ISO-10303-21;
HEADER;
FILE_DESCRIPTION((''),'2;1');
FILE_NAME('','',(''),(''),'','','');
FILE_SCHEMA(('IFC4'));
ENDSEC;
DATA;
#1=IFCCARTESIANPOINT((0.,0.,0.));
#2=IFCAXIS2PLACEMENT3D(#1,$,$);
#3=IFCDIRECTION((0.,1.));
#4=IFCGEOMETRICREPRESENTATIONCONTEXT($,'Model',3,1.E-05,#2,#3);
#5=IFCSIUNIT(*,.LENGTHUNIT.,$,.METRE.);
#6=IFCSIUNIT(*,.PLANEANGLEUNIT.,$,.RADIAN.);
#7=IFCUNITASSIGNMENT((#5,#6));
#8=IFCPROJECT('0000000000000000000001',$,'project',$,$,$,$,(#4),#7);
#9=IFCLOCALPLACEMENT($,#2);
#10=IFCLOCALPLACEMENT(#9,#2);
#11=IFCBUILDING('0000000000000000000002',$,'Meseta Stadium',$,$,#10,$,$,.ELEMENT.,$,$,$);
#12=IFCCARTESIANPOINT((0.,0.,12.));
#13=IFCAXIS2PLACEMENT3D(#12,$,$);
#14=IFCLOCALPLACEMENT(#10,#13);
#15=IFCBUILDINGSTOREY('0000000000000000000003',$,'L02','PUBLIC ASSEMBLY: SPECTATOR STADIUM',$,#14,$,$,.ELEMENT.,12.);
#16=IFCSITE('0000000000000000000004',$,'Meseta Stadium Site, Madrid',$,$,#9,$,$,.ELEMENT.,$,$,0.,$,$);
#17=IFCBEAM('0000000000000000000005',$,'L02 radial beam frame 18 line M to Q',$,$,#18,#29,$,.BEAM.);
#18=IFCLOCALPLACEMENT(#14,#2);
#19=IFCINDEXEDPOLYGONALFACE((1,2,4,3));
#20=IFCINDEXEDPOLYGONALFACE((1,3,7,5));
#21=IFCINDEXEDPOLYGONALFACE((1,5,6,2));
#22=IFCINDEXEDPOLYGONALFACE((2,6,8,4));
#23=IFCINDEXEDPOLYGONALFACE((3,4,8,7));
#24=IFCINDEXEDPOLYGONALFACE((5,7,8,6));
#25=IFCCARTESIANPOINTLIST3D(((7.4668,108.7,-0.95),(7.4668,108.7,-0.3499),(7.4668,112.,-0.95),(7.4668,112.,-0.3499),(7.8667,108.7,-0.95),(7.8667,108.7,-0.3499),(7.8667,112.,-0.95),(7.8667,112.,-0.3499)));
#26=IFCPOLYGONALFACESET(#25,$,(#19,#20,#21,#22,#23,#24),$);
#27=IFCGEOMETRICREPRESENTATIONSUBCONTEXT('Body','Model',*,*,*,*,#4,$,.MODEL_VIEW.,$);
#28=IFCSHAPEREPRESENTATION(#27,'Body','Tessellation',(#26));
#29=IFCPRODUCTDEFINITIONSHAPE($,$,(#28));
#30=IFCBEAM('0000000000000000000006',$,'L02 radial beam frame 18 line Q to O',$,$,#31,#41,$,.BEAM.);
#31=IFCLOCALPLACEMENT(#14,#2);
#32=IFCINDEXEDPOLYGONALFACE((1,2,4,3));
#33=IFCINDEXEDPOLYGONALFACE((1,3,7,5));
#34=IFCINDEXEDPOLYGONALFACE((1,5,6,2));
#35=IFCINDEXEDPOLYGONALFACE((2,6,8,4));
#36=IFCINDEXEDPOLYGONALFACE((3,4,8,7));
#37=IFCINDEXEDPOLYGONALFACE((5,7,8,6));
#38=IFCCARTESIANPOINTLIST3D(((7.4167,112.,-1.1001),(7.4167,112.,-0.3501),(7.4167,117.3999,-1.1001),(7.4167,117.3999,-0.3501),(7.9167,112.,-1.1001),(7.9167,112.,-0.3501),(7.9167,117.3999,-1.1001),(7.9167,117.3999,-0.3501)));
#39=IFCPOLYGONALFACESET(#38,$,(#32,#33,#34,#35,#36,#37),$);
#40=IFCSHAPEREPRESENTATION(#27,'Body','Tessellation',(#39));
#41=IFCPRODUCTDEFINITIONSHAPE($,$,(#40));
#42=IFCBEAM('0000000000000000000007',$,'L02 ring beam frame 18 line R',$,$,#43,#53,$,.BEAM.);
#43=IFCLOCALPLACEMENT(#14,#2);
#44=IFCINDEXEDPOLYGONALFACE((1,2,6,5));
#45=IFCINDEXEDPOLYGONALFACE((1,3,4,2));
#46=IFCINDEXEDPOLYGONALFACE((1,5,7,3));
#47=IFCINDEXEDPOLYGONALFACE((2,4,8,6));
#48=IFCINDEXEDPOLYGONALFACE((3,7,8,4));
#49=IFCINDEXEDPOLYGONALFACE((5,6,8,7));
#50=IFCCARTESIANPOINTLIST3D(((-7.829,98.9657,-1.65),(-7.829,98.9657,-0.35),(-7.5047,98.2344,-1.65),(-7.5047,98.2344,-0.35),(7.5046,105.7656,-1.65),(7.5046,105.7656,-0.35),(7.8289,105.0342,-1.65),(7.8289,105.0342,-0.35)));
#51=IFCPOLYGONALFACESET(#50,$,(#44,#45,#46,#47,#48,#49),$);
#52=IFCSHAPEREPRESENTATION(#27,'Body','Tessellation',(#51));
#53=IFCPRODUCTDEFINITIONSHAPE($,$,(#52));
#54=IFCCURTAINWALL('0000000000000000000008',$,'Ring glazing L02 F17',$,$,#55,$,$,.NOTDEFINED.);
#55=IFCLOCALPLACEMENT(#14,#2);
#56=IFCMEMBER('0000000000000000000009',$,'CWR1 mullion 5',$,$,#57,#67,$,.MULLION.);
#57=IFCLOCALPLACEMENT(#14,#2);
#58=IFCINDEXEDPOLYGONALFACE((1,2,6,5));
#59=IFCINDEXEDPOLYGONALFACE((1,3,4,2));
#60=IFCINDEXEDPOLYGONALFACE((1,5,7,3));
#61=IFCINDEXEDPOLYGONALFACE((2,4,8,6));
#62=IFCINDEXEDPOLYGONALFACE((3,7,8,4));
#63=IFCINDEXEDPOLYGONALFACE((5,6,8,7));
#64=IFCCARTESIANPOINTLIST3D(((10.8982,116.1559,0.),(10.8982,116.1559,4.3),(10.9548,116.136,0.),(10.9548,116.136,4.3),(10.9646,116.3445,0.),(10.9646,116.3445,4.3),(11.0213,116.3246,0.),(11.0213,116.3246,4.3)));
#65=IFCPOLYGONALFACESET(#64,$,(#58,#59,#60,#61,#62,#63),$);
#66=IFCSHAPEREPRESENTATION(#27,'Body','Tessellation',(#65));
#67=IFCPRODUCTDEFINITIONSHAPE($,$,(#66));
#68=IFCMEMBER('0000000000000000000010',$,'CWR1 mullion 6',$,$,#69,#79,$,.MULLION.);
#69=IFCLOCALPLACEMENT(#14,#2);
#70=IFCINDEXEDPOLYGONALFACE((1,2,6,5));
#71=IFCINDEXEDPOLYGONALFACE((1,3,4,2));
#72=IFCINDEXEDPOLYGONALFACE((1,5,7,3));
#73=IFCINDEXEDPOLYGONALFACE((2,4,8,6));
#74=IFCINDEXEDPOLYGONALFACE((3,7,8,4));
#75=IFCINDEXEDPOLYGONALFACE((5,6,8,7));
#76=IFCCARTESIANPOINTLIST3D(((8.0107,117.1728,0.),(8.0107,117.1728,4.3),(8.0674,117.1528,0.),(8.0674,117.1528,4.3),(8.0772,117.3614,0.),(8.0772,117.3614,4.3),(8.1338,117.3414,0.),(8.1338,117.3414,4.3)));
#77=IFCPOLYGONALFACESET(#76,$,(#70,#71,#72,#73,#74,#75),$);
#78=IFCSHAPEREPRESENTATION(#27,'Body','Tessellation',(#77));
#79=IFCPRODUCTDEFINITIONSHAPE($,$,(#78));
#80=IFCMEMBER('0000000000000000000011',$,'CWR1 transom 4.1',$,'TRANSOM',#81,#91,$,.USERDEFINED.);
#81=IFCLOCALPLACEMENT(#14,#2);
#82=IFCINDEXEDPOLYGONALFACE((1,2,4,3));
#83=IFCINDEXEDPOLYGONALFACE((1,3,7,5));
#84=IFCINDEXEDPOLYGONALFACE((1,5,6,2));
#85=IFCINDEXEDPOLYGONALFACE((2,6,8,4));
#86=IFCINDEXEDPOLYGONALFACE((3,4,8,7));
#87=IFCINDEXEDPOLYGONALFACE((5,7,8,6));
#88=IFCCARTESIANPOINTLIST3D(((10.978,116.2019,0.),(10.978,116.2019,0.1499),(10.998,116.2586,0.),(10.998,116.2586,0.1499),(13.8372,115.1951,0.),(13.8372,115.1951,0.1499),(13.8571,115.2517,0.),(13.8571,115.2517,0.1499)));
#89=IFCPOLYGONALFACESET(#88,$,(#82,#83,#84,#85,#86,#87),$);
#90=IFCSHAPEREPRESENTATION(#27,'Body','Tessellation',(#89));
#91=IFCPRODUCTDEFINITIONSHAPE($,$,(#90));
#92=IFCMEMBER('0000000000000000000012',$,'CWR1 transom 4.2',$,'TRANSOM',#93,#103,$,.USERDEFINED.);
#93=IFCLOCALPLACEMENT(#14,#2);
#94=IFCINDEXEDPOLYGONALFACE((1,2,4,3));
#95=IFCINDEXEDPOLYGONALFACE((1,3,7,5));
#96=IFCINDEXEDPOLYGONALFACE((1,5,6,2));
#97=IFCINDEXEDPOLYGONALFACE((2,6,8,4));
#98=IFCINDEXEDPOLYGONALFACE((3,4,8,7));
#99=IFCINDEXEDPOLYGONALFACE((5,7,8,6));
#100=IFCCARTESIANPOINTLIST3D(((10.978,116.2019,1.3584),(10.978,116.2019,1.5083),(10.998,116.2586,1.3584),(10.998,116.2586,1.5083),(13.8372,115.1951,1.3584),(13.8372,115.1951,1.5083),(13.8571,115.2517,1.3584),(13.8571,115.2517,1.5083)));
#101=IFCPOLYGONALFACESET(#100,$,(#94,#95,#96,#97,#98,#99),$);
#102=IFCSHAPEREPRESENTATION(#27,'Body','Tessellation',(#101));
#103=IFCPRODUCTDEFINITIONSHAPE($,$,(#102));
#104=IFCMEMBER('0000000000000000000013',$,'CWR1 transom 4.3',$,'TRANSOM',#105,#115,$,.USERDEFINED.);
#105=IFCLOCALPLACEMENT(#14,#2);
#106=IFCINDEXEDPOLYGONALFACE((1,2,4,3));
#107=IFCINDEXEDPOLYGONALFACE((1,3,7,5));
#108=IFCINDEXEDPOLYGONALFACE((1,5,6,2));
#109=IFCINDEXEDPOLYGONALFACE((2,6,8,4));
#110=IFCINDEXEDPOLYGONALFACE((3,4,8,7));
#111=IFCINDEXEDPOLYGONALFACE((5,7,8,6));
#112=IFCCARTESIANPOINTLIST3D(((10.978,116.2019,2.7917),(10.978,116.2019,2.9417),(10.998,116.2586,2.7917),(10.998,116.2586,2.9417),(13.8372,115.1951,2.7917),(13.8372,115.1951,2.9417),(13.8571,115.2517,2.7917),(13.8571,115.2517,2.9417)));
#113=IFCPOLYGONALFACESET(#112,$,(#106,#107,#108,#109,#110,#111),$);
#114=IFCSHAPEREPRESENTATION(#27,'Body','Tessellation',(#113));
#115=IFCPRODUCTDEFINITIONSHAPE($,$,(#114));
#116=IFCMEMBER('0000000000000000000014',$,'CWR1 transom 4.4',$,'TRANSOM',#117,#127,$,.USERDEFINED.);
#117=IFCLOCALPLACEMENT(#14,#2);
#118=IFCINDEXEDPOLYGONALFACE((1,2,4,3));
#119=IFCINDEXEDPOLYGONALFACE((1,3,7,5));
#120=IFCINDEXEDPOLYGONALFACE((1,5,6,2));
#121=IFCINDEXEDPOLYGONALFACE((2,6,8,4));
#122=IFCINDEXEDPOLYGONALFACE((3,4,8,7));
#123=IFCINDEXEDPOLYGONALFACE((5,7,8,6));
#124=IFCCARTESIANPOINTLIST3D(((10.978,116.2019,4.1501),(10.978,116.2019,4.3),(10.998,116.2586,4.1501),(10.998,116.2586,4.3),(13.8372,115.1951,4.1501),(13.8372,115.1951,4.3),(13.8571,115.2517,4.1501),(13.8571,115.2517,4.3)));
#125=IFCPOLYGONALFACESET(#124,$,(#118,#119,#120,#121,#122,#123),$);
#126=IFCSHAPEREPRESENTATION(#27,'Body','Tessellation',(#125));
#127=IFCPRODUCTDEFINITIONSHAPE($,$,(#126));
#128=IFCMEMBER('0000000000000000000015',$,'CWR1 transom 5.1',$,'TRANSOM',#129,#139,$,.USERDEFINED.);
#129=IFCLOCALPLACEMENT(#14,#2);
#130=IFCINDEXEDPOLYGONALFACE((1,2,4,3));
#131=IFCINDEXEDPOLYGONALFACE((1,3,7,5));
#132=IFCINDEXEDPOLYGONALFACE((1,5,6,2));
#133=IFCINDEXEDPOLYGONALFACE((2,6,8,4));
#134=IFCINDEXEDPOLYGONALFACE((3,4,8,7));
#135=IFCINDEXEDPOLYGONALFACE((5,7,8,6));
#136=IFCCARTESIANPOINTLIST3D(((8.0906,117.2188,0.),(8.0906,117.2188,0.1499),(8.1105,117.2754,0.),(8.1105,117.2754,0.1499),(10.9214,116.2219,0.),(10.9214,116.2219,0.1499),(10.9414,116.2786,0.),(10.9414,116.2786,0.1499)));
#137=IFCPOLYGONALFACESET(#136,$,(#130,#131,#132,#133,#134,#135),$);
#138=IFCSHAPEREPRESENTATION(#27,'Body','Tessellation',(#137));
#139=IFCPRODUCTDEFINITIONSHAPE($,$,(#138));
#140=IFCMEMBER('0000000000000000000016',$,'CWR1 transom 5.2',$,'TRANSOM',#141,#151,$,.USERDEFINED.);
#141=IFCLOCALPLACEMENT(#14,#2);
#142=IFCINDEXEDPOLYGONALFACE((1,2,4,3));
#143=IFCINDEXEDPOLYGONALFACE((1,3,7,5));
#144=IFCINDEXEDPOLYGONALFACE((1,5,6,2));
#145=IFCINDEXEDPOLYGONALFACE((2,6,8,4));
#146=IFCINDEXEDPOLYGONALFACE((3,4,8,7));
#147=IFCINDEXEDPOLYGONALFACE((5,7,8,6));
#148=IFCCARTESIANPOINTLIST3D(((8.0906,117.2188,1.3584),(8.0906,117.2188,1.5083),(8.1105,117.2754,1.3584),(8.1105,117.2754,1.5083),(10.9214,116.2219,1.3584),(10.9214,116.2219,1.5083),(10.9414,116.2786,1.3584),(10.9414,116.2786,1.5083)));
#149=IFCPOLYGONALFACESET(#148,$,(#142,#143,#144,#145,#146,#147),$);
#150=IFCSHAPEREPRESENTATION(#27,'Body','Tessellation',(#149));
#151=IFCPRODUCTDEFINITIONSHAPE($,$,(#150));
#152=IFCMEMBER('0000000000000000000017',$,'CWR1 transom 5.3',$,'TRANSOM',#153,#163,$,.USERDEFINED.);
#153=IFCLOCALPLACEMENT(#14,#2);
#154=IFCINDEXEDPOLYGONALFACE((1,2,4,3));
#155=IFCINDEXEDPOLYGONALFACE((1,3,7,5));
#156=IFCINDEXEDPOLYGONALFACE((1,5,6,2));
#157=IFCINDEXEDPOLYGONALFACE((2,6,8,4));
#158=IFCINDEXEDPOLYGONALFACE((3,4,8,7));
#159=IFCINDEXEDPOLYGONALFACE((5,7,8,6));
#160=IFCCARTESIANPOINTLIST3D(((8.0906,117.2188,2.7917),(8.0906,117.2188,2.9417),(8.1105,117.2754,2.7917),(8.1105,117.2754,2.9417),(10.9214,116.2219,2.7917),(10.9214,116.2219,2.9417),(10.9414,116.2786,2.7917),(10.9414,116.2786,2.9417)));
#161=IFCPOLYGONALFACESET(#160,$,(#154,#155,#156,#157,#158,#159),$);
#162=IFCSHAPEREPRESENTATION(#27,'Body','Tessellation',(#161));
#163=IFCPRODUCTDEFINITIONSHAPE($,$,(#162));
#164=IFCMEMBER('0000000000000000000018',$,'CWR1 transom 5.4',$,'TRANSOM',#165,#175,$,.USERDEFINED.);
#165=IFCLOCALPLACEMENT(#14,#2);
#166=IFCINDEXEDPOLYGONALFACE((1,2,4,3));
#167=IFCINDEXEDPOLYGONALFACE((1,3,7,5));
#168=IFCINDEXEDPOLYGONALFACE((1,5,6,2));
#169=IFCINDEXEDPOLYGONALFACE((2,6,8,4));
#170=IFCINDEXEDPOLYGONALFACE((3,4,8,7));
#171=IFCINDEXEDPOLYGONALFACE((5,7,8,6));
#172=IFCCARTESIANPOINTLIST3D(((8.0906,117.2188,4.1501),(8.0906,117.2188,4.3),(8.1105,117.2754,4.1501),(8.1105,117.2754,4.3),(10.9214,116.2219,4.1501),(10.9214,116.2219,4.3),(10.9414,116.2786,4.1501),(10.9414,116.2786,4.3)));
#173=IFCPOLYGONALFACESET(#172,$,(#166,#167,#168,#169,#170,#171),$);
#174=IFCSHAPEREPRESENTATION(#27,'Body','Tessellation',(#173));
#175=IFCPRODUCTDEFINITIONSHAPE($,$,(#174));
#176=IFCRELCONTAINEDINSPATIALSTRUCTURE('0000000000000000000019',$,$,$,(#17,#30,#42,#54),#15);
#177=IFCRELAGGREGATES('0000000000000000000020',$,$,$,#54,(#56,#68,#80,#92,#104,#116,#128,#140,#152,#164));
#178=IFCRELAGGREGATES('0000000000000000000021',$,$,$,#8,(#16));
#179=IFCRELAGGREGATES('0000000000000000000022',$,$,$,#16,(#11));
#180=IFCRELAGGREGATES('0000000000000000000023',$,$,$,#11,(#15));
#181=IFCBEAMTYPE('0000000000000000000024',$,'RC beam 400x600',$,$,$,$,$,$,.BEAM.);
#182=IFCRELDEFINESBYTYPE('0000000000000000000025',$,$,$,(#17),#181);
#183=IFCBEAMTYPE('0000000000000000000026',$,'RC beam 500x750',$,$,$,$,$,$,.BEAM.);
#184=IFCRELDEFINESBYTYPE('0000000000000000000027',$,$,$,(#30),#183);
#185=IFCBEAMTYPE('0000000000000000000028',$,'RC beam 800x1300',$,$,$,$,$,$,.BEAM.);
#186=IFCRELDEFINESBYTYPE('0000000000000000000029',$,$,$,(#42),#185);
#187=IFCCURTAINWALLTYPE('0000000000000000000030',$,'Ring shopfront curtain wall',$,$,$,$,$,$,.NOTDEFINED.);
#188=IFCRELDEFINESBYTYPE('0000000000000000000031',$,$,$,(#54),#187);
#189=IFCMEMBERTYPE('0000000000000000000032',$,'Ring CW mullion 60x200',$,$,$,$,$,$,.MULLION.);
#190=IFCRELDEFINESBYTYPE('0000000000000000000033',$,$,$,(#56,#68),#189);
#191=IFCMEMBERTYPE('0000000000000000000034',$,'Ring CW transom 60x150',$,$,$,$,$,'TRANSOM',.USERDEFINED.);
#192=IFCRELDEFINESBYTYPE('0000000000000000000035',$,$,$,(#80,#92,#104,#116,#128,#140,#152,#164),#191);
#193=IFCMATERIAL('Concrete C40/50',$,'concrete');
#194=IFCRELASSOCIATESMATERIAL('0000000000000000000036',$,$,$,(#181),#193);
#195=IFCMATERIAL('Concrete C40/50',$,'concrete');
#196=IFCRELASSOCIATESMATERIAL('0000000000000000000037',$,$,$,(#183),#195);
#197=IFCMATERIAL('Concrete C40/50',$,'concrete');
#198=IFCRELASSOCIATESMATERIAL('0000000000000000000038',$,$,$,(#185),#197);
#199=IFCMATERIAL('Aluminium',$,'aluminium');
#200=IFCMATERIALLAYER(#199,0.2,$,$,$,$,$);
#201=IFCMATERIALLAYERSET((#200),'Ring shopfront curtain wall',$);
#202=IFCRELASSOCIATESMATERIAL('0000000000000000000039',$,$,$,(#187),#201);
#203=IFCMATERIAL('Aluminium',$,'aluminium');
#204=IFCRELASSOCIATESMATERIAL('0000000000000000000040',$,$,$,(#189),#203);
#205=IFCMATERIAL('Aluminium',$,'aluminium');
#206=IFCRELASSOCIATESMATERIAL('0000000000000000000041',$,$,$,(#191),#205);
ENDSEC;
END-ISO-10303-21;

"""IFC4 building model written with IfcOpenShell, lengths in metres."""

from ifc_helpers import new_model, si_unit, direction, frame, origin, origin_2d, place, context, subcontext, project, spatial, rectangle, extrude, material, layer, layer_set, material_profile, profile_set, type_object, element, aggregate, save


model = new_model("IFC4")

# Units and contexts
model_context = context("Model", 3, precision=1e-05, world=origin(), true_north=direction((0.0, 1.0)))
body_context = subcontext(model_context, "Body", "Model", "MODEL_VIEW")
ifc_project = project(units=[si_unit("LENGTHUNIT", "METRE"), si_unit("PLANEANGLEUNIT", "RADIAN")], contexts=[model_context])

# Site, building, storey
site_placement = place(None, origin())
site = spatial("IfcSite", under=ifc_project, at=site_placement, Name="Meseta Stadium Site, Madrid", CompositionType="ELEMENT", RefElevation=0.0)
building_placement = place(site_placement, origin())
building = spatial("IfcBuilding", under=site, at=building_placement, Name="Meseta Stadium", CompositionType="ELEMENT")
storey_placement = place(building_placement, frame((0.0, 0.0, 12.0)))
storey = spatial("IfcBuildingStorey", under=building, at=storey_placement, Name="L02", Description="PUBLIC ASSEMBLY: SPECTATOR STADIUM", CompositionType="ELEMENT", Elevation=12.0)

# Beams
ifc_material_1 = material(Name="Concrete C40/50", Category="concrete")
ifc_material_profile_1 = material_profile(ifc_material_1, rectangle(XDim=0.3999, YDim=0.6001, at=origin_2d()), Name="RC 400x600")
ifc_profile_set_1 = profile_set([ifc_material_profile_1], Name="Concrete C40/50")
beam_type_1 = type_object("IfcBeamType", Name="RC beam 400x600", PredefinedType="BEAM", material=ifc_profile_set_1)
for number, where, z_axis, x_axis, name in (
    (1, (7.6667, 108.7, -0.6499), (0.0, 1.0, 0.0), (-1.0, 0.0, 0.0), "L02 radial beam frame 18 line M to Q"),
):
    element("IfcBeam", number, at=place(storey_placement, frame(where, z_axis=z_axis, x_axis=x_axis)), inside=storey, type_object=beam_type_1, Name=name, PredefinedType="BEAM", context=body_context, shape_type="SweptSolid", body=[
        extrude(rectangle(XDim=0.3999, YDim=0.6001, at=origin_2d()), origin(), (0.0, 0.0, 1.0), 3.3),
    ])
ifc_material_2 = material(Name="Concrete C40/50", Category="concrete")
ifc_material_profile_2 = material_profile(ifc_material_2, rectangle(XDim=0.5, YDim=0.75, at=origin_2d()), Name="RC 500x750")
ifc_profile_set_2 = profile_set([ifc_material_profile_2], Name="Concrete C40/50")
beam_type_2 = type_object("IfcBeamType", Name="RC beam 500x750", PredefinedType="BEAM", material=ifc_profile_set_2)
beam_1_placement = place(storey_placement, frame((7.6667, 112.0, -0.7251), z_axis=(0.0, 1.0, 0.0), x_axis=(-1.0, 0.0, 0.0)))
element("IfcBeam", 2, at=beam_1_placement, inside=storey, type_object=beam_type_2, Name="L02 radial beam frame 18 line Q to O", PredefinedType="BEAM", context=body_context, shape_type="SweptSolid", body=[
    extrude(rectangle(XDim=0.5, YDim=0.75, at=origin_2d()), origin(), (0.0, 0.0, 1.0), 5.3999),
])
ifc_material_3 = material(Name="Concrete C40/50", Category="concrete")
ifc_material_profile_3 = material_profile(ifc_material_3, rectangle(XDim=0.8, YDim=1.3, at=origin_2d()), Name="RC 800x1300")
ifc_profile_set_3 = profile_set([ifc_material_profile_3], Name="Concrete C40/50")
beam_type_3 = type_object("IfcBeamType", Name="RC beam 800x1300", PredefinedType="BEAM", material=ifc_profile_set_3)
beam_2_placement = place(storey_placement, frame((7.6667, 105.3999, -1.0), z_axis=(-0.914145, -0.405387, 0.0), x_axis=(0.405387, -0.914145, 0.0)))
element("IfcBeam", 3, at=beam_2_placement, inside=storey, type_object=beam_type_3, Name="L02 ring beam frame 18 line R", PredefinedType="BEAM", context=body_context, shape_type="SweptSolid", body=[
    extrude(rectangle(XDim=0.8, YDim=1.3, at=origin_2d()), origin(), (0.0, 0.0, 1.0), 16.7737),
])

# Curtain wall, members
ifc_material_4 = material(Name="Aluminium", Category="aluminium")
ifc_layer_1 = layer(ifc_material_4, 0.2)
ifc_layer_set_1 = layer_set([ifc_layer_1], Name="Ring shopfront curtain wall")
curtain_wall_type = type_object("IfcCurtainWallType", Name="Ring shopfront curtain wall", PredefinedType="NOTDEFINED", material=ifc_layer_set_1)
curtain_wall_placement = place(storey_placement, origin())
curtain_wall = element("IfcCurtainWall", 4, at=curtain_wall_placement, inside=storey, type_object=curtain_wall_type, Name="Ring glazing L02 F17", PredefinedType="NOTDEFINED")
ifc_material_5 = material(Name="Aluminium", Category="aluminium")
ifc_material_profile_4 = material_profile(ifc_material_5, rectangle(XDim=0.2, YDim=0.0601, at=origin_2d()), Name="CW 200x60")
ifc_profile_set_4 = profile_set([ifc_material_profile_4], Name="Aluminium")
member_type_1 = type_object("IfcMemberType", Name="Ring CW mullion 60x200", PredefinedType="MULLION", material=ifc_profile_set_4)
member_1_placement = place(storey_placement, frame((10.9597, 116.2402, 0.0), z_axis=(0.0, 0.0, 1.0), x_axis=(-0.332174, -0.943218, 0.0)))
member_1 = element("IfcMember", 5, at=member_1_placement, type_object=member_type_1, Name="CWR1 mullion 5", PredefinedType="MULLION", context=body_context, shape_type="SweptSolid", body=[
    extrude(rectangle(XDim=0.2, YDim=0.0601, at=origin_2d()), origin(), (0.0, 0.0, 1.0), 4.3),
])
member_2_placement = place(storey_placement, frame((8.0723, 117.2571, 0.0), z_axis=(0.0, 0.0, 1.0), x_axis=(-0.332174, -0.943218, 0.0)))
member_2 = element("IfcMember", 6, at=member_2_placement, type_object=member_type_1, Name="CWR1 mullion 6", PredefinedType="MULLION", context=body_context, shape_type="SweptSolid", body=[
    extrude(rectangle(XDim=0.2, YDim=0.0601, at=origin_2d()), origin(), (0.0, 0.0, 1.0), 4.3),
])
ifc_material_6 = material(Name="Aluminium", Category="aluminium")
ifc_material_profile_5 = material_profile(ifc_material_6, rectangle(XDim=0.0601, YDim=0.1499, at=origin_2d()), Name="CW 60x150")
ifc_profile_set_5 = profile_set([ifc_material_profile_5], Name="Aluminium")
member_type_2 = type_object("IfcMemberType", Name="Ring CW transom 60x150", ElementType="TRANSOM", PredefinedType="USERDEFINED", material=ifc_profile_set_5)
member_3_placement = place(storey_placement, frame((13.8472, 115.2234, 0.075), z_axis=(-0.943225, 0.332154, 0.0), x_axis=(-0.332154, -0.943225, 0.0)))
member_3 = element("IfcMember", 7, at=member_3_placement, type_object=member_type_2, Name="CWR1 transom 4.1", ObjectType="TRANSOM", PredefinedType="USERDEFINED", context=body_context, shape_type="SweptSolid", body=[
    extrude(rectangle(XDim=0.0601, YDim=0.1499, at=origin_2d()), origin(), (0.0, 0.0, 1.0), 3.0312),
])
member_4_placement = place(storey_placement, frame((13.8472, 115.2234, 1.4333), z_axis=(-0.943225, 0.332154, 0.0), x_axis=(-0.332154, -0.943225, 0.0)))
member_4 = element("IfcMember", 8, at=member_4_placement, type_object=member_type_2, Name="CWR1 transom 4.2", ObjectType="TRANSOM", PredefinedType="USERDEFINED", context=body_context, shape_type="SweptSolid", body=[
    extrude(rectangle(XDim=0.0601, YDim=0.1499, at=origin_2d()), origin(), (0.0, 0.0, 1.0), 3.0312),
])
member_5_placement = place(storey_placement, frame((13.8472, 115.2234, 2.8667), z_axis=(-0.943225, 0.332154, 0.0), x_axis=(-0.332154, -0.943225, 0.0)))
member_5 = element("IfcMember", 9, at=member_5_placement, type_object=member_type_2, Name="CWR1 transom 4.3", ObjectType="TRANSOM", PredefinedType="USERDEFINED", context=body_context, shape_type="SweptSolid", body=[
    extrude(rectangle(XDim=0.0601, YDim=0.1499, at=origin_2d()), origin(), (0.0, 0.0, 1.0), 3.0312),
])
member_6_placement = place(storey_placement, frame((13.8472, 115.2234, 4.2251), z_axis=(-0.943225, 0.332154, 0.0), x_axis=(-0.332154, -0.943225, 0.0)))
member_6 = element("IfcMember", 10, at=member_6_placement, type_object=member_type_2, Name="CWR1 transom 4.4", ObjectType="TRANSOM", PredefinedType="USERDEFINED", context=body_context, shape_type="SweptSolid", body=[
    extrude(rectangle(XDim=0.0601, YDim=0.1499, at=origin_2d()), origin(), (0.0, 0.0, 1.0), 3.0312),
])
member_7_placement = place(storey_placement, frame((10.9314, 116.2502, 0.075), z_axis=(-0.943229, 0.332143, 0.0), x_axis=(-0.332143, -0.943229, 0.0)))
member_7 = element("IfcMember", 11, at=member_7_placement, type_object=member_type_2, Name="CWR1 transom 5.1", ObjectType="TRANSOM", PredefinedType="USERDEFINED", context=body_context, shape_type="SweptSolid", body=[
    extrude(rectangle(XDim=0.0601, YDim=0.1499, at=origin_2d()), origin(), (0.0, 0.0, 1.0), 3.0012),
])
member_8_placement = place(storey_placement, frame((10.9314, 116.2502, 1.4333), z_axis=(-0.943229, 0.332143, 0.0), x_axis=(-0.332143, -0.943229, 0.0)))
member_8 = element("IfcMember", 12, at=member_8_placement, type_object=member_type_2, Name="CWR1 transom 5.2", ObjectType="TRANSOM", PredefinedType="USERDEFINED", context=body_context, shape_type="SweptSolid", body=[
    extrude(rectangle(XDim=0.0601, YDim=0.1499, at=origin_2d()), origin(), (0.0, 0.0, 1.0), 3.0012),
])
member_9_placement = place(storey_placement, frame((10.9314, 116.2502, 2.8667), z_axis=(-0.943229, 0.332143, 0.0), x_axis=(-0.332143, -0.943229, 0.0)))
member_9 = element("IfcMember", 13, at=member_9_placement, type_object=member_type_2, Name="CWR1 transom 5.3", ObjectType="TRANSOM", PredefinedType="USERDEFINED", context=body_context, shape_type="SweptSolid", body=[
    extrude(rectangle(XDim=0.0601, YDim=0.1499, at=origin_2d()), origin(), (0.0, 0.0, 1.0), 3.0012),
])
member_10_placement = place(storey_placement, frame((10.9314, 116.2502, 4.2251), z_axis=(-0.943229, 0.332143, 0.0), x_axis=(-0.332143, -0.943229, 0.0)))
member_10 = element("IfcMember", 14, at=member_10_placement, type_object=member_type_2, Name="CWR1 transom 5.4", ObjectType="TRANSOM", PredefinedType="USERDEFINED", context=body_context, shape_type="SweptSolid", body=[
    extrude(rectangle(XDim=0.0601, YDim=0.1499, at=origin_2d()), origin(), (0.0, 0.0, 1.0), 3.0012),
])
aggregate(curtain_wall, [member_1, member_2, member_3, member_4, member_5, member_6, member_7, member_8, member_9, member_10])

save(model, "model.ifc")
